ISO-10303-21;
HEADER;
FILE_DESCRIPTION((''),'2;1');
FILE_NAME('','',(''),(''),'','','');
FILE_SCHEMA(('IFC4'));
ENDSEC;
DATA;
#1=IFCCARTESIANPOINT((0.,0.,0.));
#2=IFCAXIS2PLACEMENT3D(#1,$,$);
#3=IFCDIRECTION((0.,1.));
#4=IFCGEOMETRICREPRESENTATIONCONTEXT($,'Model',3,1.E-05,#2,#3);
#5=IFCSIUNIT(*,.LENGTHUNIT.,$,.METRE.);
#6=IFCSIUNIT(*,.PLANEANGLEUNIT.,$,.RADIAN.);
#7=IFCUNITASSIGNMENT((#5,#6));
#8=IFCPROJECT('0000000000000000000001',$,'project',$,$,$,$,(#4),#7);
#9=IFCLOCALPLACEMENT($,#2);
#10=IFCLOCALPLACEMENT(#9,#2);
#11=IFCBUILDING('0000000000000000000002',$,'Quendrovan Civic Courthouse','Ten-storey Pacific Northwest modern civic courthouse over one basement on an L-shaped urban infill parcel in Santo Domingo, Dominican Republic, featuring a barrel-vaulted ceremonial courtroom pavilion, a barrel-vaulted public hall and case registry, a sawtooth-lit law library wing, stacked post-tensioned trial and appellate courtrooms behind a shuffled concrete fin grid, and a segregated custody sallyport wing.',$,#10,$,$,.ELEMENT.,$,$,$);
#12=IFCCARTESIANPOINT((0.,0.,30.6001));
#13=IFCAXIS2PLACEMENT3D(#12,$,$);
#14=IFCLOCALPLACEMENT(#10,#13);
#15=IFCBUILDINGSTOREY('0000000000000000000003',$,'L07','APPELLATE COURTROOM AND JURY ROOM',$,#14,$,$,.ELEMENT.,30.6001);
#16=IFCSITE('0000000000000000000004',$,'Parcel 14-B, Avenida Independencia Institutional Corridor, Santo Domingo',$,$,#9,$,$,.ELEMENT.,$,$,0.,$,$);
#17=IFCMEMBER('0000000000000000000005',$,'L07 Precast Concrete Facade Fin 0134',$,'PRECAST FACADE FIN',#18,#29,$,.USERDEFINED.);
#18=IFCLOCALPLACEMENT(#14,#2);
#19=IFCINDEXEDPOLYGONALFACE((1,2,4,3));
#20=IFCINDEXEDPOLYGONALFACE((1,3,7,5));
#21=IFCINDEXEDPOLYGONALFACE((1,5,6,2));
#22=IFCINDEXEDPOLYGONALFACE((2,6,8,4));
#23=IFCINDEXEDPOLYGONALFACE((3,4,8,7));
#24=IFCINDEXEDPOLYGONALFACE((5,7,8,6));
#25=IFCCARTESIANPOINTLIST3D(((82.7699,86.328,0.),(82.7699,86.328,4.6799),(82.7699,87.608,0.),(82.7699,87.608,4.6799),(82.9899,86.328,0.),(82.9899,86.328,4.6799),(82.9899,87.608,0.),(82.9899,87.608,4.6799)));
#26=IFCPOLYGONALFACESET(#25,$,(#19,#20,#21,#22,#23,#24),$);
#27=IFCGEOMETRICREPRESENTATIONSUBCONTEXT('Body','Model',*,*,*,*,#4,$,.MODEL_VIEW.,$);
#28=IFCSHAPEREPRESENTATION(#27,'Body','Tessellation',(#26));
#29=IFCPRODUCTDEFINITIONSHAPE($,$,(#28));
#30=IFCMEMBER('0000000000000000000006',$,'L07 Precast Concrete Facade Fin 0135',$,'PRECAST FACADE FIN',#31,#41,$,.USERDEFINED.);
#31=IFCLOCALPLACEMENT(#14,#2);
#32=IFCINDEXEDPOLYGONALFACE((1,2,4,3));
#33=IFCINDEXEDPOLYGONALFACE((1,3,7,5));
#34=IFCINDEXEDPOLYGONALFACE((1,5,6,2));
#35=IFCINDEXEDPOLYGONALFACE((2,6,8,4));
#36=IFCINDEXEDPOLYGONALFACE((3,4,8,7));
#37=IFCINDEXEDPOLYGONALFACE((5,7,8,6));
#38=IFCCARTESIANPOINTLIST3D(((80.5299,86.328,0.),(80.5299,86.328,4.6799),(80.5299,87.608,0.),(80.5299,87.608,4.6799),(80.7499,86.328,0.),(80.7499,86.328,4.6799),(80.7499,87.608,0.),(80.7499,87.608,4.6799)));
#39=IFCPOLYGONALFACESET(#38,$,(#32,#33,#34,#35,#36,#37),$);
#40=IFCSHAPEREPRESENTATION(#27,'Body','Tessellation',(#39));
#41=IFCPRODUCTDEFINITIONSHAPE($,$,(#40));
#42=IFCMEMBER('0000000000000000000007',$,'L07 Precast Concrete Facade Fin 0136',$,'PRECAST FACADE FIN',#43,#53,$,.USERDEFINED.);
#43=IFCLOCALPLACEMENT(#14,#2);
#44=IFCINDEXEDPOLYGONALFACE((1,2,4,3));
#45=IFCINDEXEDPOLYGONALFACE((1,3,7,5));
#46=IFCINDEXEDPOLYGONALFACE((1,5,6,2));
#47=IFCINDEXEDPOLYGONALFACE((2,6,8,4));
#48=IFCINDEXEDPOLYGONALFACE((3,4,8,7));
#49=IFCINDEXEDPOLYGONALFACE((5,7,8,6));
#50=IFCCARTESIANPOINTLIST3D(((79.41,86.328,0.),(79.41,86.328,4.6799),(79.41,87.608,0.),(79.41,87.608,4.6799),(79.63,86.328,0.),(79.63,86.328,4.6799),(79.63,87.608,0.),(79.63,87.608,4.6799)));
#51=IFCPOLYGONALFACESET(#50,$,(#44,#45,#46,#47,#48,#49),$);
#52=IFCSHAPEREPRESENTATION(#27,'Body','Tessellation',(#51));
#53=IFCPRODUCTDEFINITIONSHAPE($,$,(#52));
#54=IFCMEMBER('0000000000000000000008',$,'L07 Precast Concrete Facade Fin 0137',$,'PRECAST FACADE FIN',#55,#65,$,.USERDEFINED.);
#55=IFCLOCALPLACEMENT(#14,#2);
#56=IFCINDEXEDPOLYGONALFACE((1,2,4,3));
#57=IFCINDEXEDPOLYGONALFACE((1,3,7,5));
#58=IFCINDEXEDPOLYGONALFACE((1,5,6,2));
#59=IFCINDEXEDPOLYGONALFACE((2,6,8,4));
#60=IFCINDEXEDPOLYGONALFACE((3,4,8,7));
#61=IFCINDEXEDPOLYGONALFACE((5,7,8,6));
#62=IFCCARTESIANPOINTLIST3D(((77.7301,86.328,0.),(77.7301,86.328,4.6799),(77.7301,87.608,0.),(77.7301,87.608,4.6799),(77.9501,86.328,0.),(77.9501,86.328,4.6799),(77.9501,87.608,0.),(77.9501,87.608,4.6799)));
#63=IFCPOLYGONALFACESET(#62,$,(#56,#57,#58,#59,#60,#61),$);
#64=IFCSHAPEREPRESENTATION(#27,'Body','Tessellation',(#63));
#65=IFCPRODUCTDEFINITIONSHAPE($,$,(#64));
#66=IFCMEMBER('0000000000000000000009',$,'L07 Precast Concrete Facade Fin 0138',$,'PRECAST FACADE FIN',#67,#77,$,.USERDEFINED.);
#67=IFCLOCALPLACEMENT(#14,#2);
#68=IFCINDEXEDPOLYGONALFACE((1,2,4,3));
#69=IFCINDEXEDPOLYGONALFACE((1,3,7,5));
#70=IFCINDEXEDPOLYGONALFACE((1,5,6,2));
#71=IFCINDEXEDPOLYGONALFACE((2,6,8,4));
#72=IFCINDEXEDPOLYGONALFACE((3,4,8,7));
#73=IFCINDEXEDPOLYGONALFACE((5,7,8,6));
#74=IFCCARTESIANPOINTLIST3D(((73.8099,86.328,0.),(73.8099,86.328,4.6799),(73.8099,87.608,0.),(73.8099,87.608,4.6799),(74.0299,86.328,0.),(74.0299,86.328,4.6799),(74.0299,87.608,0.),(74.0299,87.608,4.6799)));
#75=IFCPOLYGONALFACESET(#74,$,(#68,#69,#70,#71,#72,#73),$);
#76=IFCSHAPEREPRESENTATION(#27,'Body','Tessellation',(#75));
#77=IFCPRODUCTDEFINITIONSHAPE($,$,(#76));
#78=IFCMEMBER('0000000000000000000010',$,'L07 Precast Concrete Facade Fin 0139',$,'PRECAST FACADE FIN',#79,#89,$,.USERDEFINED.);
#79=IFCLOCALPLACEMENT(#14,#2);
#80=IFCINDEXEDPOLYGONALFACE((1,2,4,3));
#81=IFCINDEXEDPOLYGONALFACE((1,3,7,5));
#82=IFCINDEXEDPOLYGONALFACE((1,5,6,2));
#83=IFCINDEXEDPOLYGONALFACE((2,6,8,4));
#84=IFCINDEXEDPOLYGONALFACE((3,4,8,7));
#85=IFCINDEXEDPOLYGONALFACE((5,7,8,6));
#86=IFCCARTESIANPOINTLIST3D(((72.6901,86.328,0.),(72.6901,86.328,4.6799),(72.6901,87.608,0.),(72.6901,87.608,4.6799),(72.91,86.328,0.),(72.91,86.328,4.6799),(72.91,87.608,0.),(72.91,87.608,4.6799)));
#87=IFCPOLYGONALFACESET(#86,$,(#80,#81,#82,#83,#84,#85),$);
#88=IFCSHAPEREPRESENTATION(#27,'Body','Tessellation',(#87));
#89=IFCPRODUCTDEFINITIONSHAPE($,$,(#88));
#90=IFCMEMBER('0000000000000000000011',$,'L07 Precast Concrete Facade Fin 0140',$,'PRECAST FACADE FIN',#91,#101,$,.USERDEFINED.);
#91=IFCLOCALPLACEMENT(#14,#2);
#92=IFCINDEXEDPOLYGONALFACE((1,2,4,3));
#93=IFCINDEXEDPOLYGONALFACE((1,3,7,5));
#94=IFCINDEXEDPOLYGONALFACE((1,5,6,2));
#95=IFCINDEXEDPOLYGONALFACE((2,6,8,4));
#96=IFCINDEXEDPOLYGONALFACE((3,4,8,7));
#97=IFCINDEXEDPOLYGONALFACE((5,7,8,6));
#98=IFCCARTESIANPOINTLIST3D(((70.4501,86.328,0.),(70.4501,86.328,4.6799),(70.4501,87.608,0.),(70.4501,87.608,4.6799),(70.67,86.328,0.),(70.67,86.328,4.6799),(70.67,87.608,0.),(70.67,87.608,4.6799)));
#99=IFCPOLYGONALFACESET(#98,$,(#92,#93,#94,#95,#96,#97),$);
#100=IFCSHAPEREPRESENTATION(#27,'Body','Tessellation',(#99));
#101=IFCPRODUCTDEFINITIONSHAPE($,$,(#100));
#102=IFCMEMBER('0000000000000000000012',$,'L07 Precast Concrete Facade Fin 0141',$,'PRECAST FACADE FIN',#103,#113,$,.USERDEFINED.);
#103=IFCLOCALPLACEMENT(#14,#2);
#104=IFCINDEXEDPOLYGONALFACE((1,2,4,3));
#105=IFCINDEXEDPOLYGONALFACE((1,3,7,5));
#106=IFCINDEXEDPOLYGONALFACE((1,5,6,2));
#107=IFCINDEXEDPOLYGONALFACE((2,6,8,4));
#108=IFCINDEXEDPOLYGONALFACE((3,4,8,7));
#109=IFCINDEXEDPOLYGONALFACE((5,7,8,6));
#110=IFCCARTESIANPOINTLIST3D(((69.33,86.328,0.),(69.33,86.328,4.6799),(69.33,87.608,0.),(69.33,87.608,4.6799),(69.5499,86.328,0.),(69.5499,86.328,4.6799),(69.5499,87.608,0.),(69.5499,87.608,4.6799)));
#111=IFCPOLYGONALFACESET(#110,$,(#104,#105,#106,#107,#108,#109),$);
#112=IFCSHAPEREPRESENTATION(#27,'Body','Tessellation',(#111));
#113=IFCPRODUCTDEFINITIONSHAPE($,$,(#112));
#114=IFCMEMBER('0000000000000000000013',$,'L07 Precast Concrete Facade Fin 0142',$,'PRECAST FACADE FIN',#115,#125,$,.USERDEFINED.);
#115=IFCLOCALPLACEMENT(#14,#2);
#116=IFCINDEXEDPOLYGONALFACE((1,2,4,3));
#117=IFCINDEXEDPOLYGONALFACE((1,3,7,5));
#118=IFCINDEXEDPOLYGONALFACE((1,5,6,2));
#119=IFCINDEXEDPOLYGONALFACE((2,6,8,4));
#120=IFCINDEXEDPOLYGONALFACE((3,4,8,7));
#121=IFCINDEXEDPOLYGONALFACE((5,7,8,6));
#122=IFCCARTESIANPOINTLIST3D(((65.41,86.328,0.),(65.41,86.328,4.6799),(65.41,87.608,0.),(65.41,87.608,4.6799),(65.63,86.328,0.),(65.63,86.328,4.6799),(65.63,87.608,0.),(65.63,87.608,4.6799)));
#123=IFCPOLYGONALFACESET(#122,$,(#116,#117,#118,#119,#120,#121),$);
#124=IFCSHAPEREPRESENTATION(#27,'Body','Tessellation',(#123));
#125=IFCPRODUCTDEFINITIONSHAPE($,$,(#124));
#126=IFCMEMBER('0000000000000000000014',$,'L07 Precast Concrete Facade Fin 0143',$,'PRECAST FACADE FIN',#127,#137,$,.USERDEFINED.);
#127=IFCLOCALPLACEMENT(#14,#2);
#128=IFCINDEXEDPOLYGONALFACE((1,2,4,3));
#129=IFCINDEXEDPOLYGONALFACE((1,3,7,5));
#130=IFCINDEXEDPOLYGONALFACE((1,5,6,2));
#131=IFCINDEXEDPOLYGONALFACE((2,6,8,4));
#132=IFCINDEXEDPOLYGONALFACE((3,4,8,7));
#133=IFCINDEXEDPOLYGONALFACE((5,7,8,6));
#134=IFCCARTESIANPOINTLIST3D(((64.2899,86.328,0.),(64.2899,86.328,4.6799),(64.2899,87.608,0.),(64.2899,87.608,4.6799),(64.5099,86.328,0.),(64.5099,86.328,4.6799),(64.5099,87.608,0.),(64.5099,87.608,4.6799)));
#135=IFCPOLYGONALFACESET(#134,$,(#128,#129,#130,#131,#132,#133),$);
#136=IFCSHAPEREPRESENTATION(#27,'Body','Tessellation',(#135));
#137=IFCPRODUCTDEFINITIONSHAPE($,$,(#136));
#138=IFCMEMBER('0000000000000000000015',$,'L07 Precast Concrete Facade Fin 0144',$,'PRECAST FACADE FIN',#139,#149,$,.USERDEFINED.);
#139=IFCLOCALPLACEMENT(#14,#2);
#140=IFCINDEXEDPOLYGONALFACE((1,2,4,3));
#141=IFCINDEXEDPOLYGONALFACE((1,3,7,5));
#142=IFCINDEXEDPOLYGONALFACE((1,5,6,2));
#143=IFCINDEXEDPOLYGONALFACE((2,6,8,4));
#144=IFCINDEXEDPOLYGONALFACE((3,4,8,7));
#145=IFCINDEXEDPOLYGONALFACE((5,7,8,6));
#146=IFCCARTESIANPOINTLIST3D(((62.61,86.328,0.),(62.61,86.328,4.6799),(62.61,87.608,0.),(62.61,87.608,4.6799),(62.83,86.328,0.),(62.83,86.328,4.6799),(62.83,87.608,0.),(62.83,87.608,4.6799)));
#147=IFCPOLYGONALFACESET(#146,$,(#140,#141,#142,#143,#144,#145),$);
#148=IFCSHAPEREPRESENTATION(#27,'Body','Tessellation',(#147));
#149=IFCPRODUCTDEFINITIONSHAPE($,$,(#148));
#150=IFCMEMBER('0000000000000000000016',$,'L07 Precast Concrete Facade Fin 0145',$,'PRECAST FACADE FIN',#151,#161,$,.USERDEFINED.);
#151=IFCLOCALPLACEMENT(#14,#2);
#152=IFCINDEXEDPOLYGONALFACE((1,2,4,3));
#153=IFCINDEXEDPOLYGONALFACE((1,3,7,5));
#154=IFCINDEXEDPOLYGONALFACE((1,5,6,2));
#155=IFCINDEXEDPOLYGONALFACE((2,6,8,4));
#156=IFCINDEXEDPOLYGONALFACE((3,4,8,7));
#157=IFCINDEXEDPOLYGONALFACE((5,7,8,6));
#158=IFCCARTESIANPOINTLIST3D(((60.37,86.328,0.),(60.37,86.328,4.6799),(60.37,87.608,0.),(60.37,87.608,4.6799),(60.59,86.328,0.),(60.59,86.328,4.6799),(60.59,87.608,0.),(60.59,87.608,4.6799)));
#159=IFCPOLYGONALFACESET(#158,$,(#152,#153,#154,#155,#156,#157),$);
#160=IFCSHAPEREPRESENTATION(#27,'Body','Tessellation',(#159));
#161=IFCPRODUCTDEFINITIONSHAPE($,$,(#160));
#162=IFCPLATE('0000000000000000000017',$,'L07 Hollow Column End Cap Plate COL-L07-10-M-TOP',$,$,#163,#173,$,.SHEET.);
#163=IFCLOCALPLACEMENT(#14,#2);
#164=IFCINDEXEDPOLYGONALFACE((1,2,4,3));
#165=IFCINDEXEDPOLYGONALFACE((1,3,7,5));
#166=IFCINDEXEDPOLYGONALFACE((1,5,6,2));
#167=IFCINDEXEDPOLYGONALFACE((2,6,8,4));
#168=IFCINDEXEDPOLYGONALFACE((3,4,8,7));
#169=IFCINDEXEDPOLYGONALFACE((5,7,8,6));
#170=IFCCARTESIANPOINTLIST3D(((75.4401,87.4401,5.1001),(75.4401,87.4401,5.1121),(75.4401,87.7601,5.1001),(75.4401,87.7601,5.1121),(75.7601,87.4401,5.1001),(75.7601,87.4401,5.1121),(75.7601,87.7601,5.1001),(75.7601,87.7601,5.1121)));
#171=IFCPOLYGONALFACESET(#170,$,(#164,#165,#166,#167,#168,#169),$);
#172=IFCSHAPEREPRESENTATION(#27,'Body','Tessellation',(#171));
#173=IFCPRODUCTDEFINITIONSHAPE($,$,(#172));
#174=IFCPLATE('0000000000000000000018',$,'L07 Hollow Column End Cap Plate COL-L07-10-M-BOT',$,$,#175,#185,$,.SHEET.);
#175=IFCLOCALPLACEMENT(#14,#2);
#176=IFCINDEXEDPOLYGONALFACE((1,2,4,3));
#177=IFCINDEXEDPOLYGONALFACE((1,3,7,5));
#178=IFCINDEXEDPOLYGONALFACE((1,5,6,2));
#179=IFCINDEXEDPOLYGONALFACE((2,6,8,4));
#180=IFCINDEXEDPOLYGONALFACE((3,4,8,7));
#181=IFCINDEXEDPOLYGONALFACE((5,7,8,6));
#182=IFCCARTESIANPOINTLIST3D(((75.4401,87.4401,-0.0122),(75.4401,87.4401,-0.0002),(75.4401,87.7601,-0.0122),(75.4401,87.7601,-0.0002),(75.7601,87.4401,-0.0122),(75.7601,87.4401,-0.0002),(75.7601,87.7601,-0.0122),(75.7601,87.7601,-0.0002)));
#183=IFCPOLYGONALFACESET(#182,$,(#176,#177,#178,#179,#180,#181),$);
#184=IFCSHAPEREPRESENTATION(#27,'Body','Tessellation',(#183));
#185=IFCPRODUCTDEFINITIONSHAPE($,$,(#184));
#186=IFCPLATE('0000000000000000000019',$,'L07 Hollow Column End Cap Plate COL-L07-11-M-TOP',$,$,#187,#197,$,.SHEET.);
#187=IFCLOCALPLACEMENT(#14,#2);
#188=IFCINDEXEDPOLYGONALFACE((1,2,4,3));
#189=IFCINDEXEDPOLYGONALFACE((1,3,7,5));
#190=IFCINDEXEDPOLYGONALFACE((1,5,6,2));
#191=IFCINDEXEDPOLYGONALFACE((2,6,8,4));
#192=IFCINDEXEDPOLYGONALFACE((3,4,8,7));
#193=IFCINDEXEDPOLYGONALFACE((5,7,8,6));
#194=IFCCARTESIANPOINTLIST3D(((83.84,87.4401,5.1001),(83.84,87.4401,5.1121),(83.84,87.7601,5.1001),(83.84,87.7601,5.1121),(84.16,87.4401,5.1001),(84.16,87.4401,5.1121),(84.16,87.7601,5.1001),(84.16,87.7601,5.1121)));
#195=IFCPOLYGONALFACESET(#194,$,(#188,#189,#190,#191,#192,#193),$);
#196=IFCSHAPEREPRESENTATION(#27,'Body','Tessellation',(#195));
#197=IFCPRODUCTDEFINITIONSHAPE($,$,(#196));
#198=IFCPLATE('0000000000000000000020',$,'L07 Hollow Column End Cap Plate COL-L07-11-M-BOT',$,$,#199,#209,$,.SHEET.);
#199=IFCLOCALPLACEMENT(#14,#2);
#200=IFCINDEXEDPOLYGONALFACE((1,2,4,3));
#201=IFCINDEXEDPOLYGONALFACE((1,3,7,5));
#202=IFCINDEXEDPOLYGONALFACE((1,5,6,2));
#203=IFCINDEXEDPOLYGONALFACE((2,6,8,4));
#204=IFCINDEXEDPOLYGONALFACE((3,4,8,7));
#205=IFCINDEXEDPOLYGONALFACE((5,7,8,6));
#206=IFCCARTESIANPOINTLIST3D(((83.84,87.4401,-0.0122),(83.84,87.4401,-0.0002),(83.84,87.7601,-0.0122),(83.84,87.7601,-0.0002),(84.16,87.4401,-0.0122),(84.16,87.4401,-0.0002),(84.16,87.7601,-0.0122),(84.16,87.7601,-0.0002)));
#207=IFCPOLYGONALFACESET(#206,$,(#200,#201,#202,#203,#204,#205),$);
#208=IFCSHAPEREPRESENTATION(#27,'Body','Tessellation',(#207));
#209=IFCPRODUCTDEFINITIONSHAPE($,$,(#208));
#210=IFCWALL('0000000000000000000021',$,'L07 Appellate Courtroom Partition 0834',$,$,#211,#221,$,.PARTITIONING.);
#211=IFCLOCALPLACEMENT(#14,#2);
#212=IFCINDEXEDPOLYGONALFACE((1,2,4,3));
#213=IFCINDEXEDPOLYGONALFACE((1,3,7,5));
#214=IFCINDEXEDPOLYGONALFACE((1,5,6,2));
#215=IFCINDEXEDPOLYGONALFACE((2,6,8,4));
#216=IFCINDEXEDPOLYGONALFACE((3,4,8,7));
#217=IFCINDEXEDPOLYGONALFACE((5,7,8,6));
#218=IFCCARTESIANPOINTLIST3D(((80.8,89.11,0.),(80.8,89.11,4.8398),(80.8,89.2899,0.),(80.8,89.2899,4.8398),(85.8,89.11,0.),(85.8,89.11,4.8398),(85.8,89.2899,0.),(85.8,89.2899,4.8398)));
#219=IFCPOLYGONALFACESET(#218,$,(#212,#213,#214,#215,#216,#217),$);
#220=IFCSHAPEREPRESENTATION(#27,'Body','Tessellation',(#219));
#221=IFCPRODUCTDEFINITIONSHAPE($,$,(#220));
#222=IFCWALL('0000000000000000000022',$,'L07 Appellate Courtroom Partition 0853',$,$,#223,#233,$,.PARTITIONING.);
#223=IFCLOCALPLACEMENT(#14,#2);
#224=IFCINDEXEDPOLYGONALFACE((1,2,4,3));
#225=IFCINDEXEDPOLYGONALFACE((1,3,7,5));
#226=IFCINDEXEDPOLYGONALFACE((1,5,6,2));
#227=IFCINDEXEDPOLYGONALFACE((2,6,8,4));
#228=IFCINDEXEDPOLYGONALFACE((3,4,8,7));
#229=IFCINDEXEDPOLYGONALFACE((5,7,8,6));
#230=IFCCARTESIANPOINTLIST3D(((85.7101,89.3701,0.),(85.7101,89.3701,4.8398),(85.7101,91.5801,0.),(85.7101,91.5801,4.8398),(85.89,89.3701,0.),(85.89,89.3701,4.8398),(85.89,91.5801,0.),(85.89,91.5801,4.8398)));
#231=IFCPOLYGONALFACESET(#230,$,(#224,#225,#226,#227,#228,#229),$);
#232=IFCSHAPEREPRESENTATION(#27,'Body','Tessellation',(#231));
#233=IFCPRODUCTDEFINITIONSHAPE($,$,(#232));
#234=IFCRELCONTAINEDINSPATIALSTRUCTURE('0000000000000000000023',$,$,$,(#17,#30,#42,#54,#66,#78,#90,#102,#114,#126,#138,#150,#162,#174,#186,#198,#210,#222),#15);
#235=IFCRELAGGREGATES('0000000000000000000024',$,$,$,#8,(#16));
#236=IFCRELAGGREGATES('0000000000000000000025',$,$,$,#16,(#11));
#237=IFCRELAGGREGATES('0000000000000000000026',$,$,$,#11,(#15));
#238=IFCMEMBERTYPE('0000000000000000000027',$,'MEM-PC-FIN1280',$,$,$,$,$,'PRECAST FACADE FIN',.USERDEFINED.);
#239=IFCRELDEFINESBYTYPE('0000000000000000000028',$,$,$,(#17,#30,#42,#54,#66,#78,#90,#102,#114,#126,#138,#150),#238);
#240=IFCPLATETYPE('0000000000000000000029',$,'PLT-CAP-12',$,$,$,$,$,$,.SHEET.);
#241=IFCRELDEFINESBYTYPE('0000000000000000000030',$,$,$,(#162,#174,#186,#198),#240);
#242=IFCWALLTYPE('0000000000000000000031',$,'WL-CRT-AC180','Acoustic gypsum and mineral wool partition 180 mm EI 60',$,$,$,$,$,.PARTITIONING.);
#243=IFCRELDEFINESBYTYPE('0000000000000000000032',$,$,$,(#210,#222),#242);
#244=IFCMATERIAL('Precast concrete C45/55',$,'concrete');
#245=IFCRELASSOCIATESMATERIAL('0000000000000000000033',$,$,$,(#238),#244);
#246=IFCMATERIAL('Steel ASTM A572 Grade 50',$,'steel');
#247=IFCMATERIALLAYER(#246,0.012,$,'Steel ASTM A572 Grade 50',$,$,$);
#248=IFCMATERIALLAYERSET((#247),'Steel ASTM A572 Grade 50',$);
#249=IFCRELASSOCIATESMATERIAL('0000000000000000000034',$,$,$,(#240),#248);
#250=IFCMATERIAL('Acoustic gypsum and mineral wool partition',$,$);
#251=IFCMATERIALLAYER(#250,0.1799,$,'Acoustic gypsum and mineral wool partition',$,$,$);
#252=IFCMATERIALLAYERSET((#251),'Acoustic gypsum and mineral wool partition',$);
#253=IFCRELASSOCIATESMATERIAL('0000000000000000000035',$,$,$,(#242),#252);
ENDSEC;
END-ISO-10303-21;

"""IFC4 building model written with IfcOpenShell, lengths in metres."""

from ifc_helpers import new_model, si_unit, direction, frame, frame_2d, origin, origin_2d, place, context, subcontext, project, spatial, rectangle, extrude, material, layer, layer_set, material_profile, profile_set, type_object, element, save


model = new_model("IFC4")

# Units and contexts
model_context = context("Model", 3, precision=1e-05, world=origin(), true_north=direction((0.0, 1.0)))
body_context = subcontext(model_context, "Body", "Model", "MODEL_VIEW")
ifc_project = project(units=[si_unit("LENGTHUNIT", "METRE"), si_unit("PLANEANGLEUNIT", "RADIAN")], contexts=[model_context])

# Site, building, storey
site_placement = place(None, origin())
site = spatial("IfcSite", under=ifc_project, at=site_placement, Name="Parcel 14-B, Avenida Independencia Institutional Corridor, Santo Domingo", CompositionType="ELEMENT", RefElevation=0.0)
building_placement = place(site_placement, origin())
building = spatial("IfcBuilding", under=site, at=building_placement, Name="Quendrovan Civic Courthouse", Description="Ten-storey Pacific Northwest modern civic courthouse over one basement on an L-shaped urban infill parcel in Santo Domingo, Dominican Republic, featuring a barrel-vaulted ceremonial courtroom pavilion, a barrel-vaulted public hall and case registry, a sawtooth-lit law library wing, stacked post-tensioned trial and appellate courtrooms behind a shuffled concrete fin grid, and a segregated custody sallyport wing.", CompositionType="ELEMENT")
storey_placement = place(building_placement, frame((0.0, 0.0, 30.6001)))
storey = spatial("IfcBuildingStorey", under=building, at=storey_placement, Name="L07", Description="APPELLATE COURTROOM AND JURY ROOM", CompositionType="ELEMENT", Elevation=30.6001)

# Members
ifc_material_1 = material(Name="Precast concrete C45/55", Category="concrete")
ifc_material_profile_1 = material_profile(ifc_material_1, rectangle(XDim=0.22, YDim=1.28, at=origin_2d()), Name="PC-FIN-220x1280")
ifc_profile_set_1 = profile_set([ifc_material_profile_1], Name="Precast concrete C45/55")
member_type = type_object("IfcMemberType", Name="MEM-PC-FIN1280", ElementType="PRECAST FACADE FIN", PredefinedType="USERDEFINED", material=ifc_profile_set_1)
for number, where, z_axis, x_axis, name in (
    (1, (82.8799, 86.968, 0.0), (0.0, 0.0, 1.0), (-1.0, 0.0, 0.0), "L07 Precast Concrete Facade Fin 0134"),
    (2, (80.6399, 86.968, 0.0), (0.0, 0.0, 1.0), (-1.0, 0.0, 0.0), "L07 Precast Concrete Facade Fin 0135"),
    (3, (79.52, 86.968, 0.0), (0.0, 0.0, 1.0), (-1.0, 0.0, 0.0), "L07 Precast Concrete Facade Fin 0136"),
    (4, (77.8401, 86.968, 0.0), (0.0, 0.0, 1.0), (-1.0, 0.0, 0.0), "L07 Precast Concrete Facade Fin 0137"),
    (5, (73.9199, 86.968, 0.0), (0.0, 0.0, 1.0), (-1.0, 0.0, 0.0), "L07 Precast Concrete Facade Fin 0138"),
    (6, (72.8, 86.968, 0.0), (0.0, 0.0, 1.0), (-1.0, 0.0, 0.0), "L07 Precast Concrete Facade Fin 0139"),
    (7, (70.5601, 86.968, 0.0), (0.0, 0.0, 1.0), (-1.0, 0.0, 0.0), "L07 Precast Concrete Facade Fin 0140"),
    (8, (69.4399, 86.968, 0.0), (0.0, 0.0, 1.0), (-1.0, 0.0, 0.0), "L07 Precast Concrete Facade Fin 0141"),
    (9, (65.52, 86.968, 0.0), (0.0, 0.0, 1.0), (-1.0, 0.0, 0.0), "L07 Precast Concrete Facade Fin 0142"),
    (10, (64.3999, 86.968, 0.0), (0.0, 0.0, 1.0), (-1.0, 0.0, 0.0), "L07 Precast Concrete Facade Fin 0143"),
    (11, (62.72, 86.968, 0.0), (0.0, 0.0, 1.0), (-1.0, 0.0, 0.0), "L07 Precast Concrete Facade Fin 0144"),
    (12, (60.48, 86.968, 0.0), (0.0, 0.0, 1.0), (-1.0, 0.0, 0.0), "L07 Precast Concrete Facade Fin 0145"),
):
    element("IfcMember", number, at=place(storey_placement, frame(where, z_axis=z_axis, x_axis=x_axis)), inside=storey, type_object=member_type, Name=name, ObjectType="PRECAST FACADE FIN", PredefinedType="USERDEFINED", context=body_context, shape_type="SweptSolid", body=[
        extrude(rectangle(XDim=0.22, YDim=1.28, at=origin_2d()), origin(), (0.0, 0.0, 1.0), 4.6799),
    ])

# Plates
ifc_material_2 = material(Name="Steel ASTM A572 Grade 50", Category="steel")
ifc_layer_1 = layer(ifc_material_2, 0.012, Name="Steel ASTM A572 Grade 50")
ifc_layer_set_1 = layer_set([ifc_layer_1], Name="Steel ASTM A572 Grade 50")
plate_type = type_object("IfcPlateType", Name="PLT-CAP-12", PredefinedType="SHEET", material=ifc_layer_set_1)
for number, where, z_axis, x_axis, name in (
    (13, (75.6001, 87.6001, 5.1001), (0.0, 0.0, 1.0), (1.0, 0.0, 0.0), "L07 Hollow Column End Cap Plate COL-L07-10-M-TOP"),
    (14, (75.6001, 87.6001, -0.0122), (0.0, 0.0, 1.0), (1.0, 0.0, 0.0), "L07 Hollow Column End Cap Plate COL-L07-10-M-BOT"),
    (15, (84.0, 87.6001, 5.1001), (0.0, 0.0, 1.0), (1.0, 0.0, 0.0), "L07 Hollow Column End Cap Plate COL-L07-11-M-TOP"),
    (16, (84.0, 87.6001, -0.0122), (0.0, 0.0, 1.0), (1.0, 0.0, 0.0), "L07 Hollow Column End Cap Plate COL-L07-11-M-BOT"),
):
    element("IfcPlate", number, at=place(storey_placement, frame(where, z_axis=z_axis, x_axis=x_axis)), inside=storey, type_object=plate_type, Name=name, PredefinedType="SHEET", context=body_context, shape_type="SweptSolid", body=[
        extrude(rectangle(XDim=0.3201, YDim=0.3201, at=origin_2d()), origin(), (0.0, 0.0, 1.0), 0.012),
    ])

# Walls
ifc_material_3 = material(Name="Acoustic gypsum and mineral wool partition")
ifc_layer_2 = layer(ifc_material_3, 0.1799, Name="Acoustic gypsum and mineral wool partition")
ifc_layer_set_2 = layer_set([ifc_layer_2], Name="Acoustic gypsum and mineral wool partition")
wall_type_1 = type_object("IfcWallType", Name="WL-CRT-AC180", Description="Acoustic gypsum and mineral wool partition 180 mm EI 60", PredefinedType="PARTITIONING", material=ifc_layer_set_2)
wall_1_placement = place(storey_placement, frame((80.8, 89.2, 0.0), z_axis=(0.0, 0.0, 1.0), x_axis=(1.0, 0.0, 0.0)))
element("IfcWall", 17, at=wall_1_placement, inside=storey, type_object=wall_type_1, Name="L07 Appellate Courtroom Partition 0834", PredefinedType="PARTITIONING", context=body_context, shape_type="SweptSolid", body=[
    extrude(rectangle(XDim=5.0, YDim=0.1799, at=frame_2d((2.5, 0.0))), origin(), (0.0, 0.0, 1.0), 4.8398),
])
wall_2_placement = place(storey_placement, frame((85.8, 89.3701, 0.0), z_axis=(0.0, 0.0, 1.0), x_axis=(0.0, 1.0, 0.0)))
element("IfcWall", 18, at=wall_2_placement, inside=storey, type_object=wall_type_1, Name="L07 Appellate Courtroom Partition 0853", PredefinedType="PARTITIONING", context=body_context, shape_type="SweptSolid", body=[
    extrude(rectangle(XDim=2.21, YDim=0.1799, at=frame_2d((1.105, 0.0))), origin(), (0.0, 0.0, 1.0), 4.8398),
])

save(model, "model.ifc")
